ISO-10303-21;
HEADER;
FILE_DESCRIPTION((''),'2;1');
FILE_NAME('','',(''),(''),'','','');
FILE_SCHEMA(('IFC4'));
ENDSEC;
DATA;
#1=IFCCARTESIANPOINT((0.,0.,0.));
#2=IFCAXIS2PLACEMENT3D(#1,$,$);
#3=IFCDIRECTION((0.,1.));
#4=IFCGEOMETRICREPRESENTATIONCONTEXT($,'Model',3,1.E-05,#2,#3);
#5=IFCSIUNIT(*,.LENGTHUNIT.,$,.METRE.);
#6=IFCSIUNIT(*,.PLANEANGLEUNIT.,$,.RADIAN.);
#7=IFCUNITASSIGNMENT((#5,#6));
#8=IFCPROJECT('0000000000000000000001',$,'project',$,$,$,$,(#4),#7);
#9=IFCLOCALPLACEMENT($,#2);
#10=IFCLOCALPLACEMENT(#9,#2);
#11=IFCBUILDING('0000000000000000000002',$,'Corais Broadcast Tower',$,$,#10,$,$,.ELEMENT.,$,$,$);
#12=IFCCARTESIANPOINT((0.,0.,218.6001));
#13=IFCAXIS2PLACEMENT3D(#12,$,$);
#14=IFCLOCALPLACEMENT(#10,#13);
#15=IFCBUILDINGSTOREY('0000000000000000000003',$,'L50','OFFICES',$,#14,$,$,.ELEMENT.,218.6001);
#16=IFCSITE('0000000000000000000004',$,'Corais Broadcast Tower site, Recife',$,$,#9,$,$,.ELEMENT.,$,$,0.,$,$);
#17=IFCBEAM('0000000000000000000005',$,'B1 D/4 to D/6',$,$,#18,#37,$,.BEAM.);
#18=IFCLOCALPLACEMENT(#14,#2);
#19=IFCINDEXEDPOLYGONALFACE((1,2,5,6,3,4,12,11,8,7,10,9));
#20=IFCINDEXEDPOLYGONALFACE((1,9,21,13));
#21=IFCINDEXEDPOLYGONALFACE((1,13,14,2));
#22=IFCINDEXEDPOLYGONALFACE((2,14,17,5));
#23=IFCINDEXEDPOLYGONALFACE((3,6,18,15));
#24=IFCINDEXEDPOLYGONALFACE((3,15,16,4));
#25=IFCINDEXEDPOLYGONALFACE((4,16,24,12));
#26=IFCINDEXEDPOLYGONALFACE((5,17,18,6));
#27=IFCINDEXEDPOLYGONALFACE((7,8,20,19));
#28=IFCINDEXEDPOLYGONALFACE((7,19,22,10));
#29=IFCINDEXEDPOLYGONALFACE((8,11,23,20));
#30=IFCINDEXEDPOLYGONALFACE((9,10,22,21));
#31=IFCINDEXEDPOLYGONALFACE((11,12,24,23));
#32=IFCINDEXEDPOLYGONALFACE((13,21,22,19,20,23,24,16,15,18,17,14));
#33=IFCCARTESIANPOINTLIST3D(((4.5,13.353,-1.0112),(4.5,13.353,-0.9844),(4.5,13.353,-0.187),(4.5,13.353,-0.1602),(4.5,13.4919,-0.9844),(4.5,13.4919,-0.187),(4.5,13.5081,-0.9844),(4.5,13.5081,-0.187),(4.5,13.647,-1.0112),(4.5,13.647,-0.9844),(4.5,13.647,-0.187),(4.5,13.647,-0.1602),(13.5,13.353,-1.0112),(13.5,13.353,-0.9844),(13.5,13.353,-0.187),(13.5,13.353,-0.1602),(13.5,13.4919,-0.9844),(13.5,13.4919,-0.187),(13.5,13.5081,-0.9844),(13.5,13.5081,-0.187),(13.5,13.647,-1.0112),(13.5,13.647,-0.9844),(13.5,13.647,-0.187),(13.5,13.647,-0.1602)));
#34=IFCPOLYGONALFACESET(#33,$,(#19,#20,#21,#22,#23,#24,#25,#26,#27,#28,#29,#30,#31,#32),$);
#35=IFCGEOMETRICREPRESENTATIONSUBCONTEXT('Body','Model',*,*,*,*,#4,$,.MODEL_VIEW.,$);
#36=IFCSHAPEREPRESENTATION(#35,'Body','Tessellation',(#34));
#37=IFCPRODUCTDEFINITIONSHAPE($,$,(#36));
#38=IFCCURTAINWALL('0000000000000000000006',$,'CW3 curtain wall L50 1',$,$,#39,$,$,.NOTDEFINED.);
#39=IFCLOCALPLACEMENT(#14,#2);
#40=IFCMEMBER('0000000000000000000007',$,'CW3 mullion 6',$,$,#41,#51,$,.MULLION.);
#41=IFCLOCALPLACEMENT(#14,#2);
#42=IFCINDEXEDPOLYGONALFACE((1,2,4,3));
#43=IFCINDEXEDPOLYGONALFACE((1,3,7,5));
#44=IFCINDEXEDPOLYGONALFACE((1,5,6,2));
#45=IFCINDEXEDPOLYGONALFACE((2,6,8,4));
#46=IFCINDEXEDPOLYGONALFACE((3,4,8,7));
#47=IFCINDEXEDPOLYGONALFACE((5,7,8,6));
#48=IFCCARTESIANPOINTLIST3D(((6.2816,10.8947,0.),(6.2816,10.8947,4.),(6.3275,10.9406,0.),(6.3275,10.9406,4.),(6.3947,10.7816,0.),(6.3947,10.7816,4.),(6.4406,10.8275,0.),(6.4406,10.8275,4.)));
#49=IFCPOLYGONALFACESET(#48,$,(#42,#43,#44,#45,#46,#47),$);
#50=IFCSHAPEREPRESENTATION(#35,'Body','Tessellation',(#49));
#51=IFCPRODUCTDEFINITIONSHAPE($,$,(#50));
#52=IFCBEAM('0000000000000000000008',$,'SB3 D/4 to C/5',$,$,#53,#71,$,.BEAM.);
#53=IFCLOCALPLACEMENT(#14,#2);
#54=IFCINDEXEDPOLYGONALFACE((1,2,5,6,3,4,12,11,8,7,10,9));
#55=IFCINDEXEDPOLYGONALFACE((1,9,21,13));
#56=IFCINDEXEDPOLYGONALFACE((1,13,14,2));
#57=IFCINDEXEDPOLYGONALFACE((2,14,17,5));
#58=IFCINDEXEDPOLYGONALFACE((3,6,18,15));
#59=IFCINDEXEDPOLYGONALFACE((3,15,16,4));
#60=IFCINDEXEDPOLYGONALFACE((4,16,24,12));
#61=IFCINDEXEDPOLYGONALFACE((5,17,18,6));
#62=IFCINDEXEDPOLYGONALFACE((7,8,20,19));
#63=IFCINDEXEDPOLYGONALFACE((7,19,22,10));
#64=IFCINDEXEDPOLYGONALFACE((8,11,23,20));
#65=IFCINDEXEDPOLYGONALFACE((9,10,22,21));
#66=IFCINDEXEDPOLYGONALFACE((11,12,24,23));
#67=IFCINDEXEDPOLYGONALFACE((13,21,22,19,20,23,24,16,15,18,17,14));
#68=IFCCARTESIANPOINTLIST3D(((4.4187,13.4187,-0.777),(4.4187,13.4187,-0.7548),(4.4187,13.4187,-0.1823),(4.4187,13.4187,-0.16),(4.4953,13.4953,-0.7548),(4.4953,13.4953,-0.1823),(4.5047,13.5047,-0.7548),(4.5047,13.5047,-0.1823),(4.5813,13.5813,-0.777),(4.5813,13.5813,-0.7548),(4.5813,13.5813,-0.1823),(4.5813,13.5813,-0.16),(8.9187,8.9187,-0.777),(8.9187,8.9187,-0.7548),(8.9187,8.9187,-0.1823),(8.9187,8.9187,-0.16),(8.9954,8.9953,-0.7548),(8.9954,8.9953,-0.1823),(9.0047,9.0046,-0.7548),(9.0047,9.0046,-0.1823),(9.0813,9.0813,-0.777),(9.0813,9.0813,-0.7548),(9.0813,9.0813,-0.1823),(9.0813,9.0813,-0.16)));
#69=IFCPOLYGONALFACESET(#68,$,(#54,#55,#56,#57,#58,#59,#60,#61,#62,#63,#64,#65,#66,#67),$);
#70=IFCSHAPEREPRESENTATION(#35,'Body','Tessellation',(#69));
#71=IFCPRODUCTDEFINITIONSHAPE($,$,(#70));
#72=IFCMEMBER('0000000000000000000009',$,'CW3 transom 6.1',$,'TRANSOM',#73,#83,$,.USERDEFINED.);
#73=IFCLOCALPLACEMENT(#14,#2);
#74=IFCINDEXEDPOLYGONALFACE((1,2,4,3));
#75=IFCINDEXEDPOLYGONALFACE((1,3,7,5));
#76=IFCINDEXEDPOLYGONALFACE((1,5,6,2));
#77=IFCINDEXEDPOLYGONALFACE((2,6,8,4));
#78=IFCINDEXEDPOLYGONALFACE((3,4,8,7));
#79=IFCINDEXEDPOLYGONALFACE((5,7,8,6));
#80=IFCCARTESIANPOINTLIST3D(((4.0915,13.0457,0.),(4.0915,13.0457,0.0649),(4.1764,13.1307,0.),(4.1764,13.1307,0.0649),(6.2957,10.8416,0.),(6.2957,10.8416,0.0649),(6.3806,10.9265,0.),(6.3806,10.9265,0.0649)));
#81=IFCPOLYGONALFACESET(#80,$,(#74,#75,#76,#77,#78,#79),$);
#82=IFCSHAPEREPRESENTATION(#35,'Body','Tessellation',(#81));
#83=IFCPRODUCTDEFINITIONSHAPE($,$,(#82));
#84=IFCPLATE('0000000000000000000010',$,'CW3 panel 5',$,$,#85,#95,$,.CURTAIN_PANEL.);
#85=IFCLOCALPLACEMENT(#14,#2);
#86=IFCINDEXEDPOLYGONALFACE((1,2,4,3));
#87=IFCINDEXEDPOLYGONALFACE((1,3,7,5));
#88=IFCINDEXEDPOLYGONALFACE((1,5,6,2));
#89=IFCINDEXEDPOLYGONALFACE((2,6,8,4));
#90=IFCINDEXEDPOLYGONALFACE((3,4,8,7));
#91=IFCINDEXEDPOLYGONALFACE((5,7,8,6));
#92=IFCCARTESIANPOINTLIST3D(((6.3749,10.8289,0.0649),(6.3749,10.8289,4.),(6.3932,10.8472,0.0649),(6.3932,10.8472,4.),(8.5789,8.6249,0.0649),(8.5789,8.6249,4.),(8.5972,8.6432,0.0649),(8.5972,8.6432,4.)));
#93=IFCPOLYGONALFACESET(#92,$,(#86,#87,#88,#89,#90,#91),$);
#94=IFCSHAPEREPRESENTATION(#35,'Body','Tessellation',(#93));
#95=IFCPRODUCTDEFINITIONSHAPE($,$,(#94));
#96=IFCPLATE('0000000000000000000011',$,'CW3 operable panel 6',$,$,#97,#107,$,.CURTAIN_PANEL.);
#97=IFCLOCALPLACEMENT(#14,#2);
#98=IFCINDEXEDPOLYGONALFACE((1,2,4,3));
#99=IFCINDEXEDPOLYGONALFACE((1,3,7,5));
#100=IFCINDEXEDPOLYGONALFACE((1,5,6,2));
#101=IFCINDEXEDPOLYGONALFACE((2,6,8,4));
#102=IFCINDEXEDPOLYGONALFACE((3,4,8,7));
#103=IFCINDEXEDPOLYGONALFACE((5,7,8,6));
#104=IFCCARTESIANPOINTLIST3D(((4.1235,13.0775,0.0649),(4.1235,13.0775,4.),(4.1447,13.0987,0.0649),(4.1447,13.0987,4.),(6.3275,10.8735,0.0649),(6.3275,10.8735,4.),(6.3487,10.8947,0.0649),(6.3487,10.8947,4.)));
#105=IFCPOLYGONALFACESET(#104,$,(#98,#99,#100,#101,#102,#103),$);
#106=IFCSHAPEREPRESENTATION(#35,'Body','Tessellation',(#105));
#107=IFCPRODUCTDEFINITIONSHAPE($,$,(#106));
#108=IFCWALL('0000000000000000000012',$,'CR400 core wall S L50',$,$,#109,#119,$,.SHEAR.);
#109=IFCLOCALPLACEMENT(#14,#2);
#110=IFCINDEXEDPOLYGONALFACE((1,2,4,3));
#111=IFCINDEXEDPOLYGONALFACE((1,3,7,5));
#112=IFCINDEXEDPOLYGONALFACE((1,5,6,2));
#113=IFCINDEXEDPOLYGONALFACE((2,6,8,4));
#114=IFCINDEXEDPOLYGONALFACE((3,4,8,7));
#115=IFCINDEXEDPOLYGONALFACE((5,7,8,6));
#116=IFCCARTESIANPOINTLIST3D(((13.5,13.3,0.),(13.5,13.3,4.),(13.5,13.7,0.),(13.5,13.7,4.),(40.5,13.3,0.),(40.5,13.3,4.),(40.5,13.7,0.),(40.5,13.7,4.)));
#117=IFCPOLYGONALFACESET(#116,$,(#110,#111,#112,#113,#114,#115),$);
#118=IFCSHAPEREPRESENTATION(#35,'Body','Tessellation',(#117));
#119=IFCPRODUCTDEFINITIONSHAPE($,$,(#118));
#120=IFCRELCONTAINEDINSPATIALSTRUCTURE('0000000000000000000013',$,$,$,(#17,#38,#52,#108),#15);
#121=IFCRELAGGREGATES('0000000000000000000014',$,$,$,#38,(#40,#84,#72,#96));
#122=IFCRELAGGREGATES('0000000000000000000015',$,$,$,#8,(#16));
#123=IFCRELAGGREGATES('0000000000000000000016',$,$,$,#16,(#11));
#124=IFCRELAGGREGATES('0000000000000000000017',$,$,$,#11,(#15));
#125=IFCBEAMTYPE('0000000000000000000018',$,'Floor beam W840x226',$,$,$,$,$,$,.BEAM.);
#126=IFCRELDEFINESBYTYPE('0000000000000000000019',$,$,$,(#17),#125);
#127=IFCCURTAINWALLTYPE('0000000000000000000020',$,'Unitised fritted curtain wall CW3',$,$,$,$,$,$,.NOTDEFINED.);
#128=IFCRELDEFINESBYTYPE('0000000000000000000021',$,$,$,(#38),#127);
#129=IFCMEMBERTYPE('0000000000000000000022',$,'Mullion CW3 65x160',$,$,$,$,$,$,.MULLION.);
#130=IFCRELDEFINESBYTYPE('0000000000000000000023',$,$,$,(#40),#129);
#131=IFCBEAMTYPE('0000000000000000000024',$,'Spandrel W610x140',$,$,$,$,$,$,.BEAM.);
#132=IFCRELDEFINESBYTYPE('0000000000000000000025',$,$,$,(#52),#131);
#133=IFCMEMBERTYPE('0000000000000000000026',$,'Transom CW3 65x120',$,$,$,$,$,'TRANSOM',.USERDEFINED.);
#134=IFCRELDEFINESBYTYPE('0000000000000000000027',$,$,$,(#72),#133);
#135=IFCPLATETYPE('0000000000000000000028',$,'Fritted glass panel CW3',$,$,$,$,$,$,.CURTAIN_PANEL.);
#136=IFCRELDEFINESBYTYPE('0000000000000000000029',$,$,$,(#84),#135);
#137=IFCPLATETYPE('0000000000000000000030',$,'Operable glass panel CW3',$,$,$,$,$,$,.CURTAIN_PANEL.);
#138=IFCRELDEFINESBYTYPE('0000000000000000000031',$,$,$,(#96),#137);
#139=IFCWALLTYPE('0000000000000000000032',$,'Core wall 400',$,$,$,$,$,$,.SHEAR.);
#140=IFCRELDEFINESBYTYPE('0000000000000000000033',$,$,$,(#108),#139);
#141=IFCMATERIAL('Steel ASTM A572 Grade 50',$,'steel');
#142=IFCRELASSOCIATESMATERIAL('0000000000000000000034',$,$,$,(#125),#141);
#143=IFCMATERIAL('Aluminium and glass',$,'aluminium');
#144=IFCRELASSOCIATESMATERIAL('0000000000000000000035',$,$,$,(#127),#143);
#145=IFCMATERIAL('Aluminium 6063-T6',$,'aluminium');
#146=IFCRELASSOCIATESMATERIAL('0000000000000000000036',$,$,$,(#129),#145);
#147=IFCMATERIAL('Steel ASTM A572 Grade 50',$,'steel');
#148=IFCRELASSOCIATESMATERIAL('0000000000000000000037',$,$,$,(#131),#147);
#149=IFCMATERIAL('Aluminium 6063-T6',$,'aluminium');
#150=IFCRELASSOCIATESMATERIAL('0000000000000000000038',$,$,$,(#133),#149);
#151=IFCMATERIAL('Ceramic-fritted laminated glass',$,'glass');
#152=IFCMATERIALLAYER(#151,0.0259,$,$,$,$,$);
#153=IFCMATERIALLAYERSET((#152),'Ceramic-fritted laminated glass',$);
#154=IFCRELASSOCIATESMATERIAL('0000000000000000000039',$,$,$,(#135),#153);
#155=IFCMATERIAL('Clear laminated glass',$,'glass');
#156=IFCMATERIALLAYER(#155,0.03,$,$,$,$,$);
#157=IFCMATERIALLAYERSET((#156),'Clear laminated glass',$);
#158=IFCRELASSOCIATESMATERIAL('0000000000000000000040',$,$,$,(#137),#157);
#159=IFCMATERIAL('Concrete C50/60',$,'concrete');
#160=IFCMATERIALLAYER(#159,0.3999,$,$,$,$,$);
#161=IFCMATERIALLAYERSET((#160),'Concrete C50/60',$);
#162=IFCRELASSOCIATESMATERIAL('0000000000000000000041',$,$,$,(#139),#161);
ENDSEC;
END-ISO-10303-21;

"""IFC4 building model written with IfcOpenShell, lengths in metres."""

from ifc_helpers import new_model, si_unit, direction, frame, frame_2d, origin, origin_2d, place, context, subcontext, project, spatial, rectangle, i_section, extrude, material, layer, layer_set, material_profile, profile_set, type_object, element, aggregate, save


model = new_model("IFC4")

# Units and contexts
model_context = context("Model", 3, precision=1e-05, world=origin(), true_north=direction((0.0, 1.0)))
body_context = subcontext(model_context, "Body", "Model", "MODEL_VIEW")
ifc_project = project(units=[si_unit("LENGTHUNIT", "METRE"), si_unit("PLANEANGLEUNIT", "RADIAN")], contexts=[model_context])

# Site, building, storey
site_placement = place(None, origin())
site = spatial("IfcSite", under=ifc_project, at=site_placement, Name="Corais Broadcast Tower site, Recife", CompositionType="ELEMENT", RefElevation=0.0)
building_placement = place(site_placement, origin())
building = spatial("IfcBuilding", under=site, at=building_placement, Name="Corais Broadcast Tower", CompositionType="ELEMENT")
storey_placement = place(building_placement, frame((0.0, 0.0, 218.6001)))
storey = spatial("IfcBuildingStorey", under=building, at=storey_placement, Name="L50", Description="OFFICES", CompositionType="ELEMENT", Elevation=218.6001)

# Beam
ifc_material_1 = material(Name="Steel ASTM A572 Grade 50", Category="steel")
ifc_material_profile_1 = material_profile(ifc_material_1, i_section(OverallWidth=0.2939, OverallDepth=0.8511, WebThickness=0.0161, FlangeThickness=0.0269, at=origin_2d()), Name="W840x226")
ifc_profile_set_1 = profile_set([ifc_material_profile_1], Name="Steel ASTM A572 Grade 50")
beam_type_1 = type_object("IfcBeamType", Name="Floor beam W840x226", PredefinedType="BEAM", material=ifc_profile_set_1)
beam_1_placement = place(storey_placement, frame((4.5, 13.5, -0.5857), z_axis=(1.0, 0.0, 0.0), x_axis=(0.0, 1.0, 0.0)))
element("IfcBeam", 1, at=beam_1_placement, inside=storey, type_object=beam_type_1, Name="B1 D/4 to D/6", PredefinedType="BEAM", context=body_context, shape_type="SweptSolid", body=[
    extrude(i_section(OverallWidth=0.2939, OverallDepth=0.8511, WebThickness=0.0161, FlangeThickness=0.0269, at=origin_2d()), origin(), (0.0, 0.0, 1.0), 9.0),
])

# Curtain wall, member
ifc_material_2 = material(Name="Aluminium and glass", Category="aluminium")
curtain_wall_type = type_object("IfcCurtainWallType", Name="Unitised fritted curtain wall CW3", PredefinedType="NOTDEFINED", material=ifc_material_2)
curtain_wall_placement = place(storey_placement, origin())
curtain_wall = element("IfcCurtainWall", 2, at=curtain_wall_placement, inside=storey, type_object=curtain_wall_type, Name="CW3 curtain wall L50 1", PredefinedType="NOTDEFINED")
ifc_material_3 = material(Name="Aluminium 6063-T6", Category="aluminium")
ifc_material_profile_2 = material_profile(ifc_material_3, rectangle(XDim=0.0649, YDim=0.1599, at=origin_2d()), Name="Mullion CW3 65x160")
ifc_profile_set_2 = profile_set([ifc_material_profile_2], Name="Aluminium 6063-T6")
member_type_1 = type_object("IfcMemberType", Name="Mullion CW3 65x160", PredefinedType="MULLION", material=ifc_profile_set_2)
member_1_placement = place(storey_placement, frame((6.3611, 10.8611, 0.0), z_axis=(0.0, 0.0, 1.0), x_axis=(-0.707107, -0.707107, 0.0)))
member_1 = element("IfcMember", 3, at=member_1_placement, type_object=member_type_1, Name="CW3 mullion 6", PredefinedType="MULLION", context=body_context, shape_type="SweptSolid", body=[
    extrude(rectangle(XDim=0.0649, YDim=0.1599, at=origin_2d()), origin(), (0.0, 0.0, 1.0), 4.0),
])

# Beam
ifc_material_4 = material(Name="Steel ASTM A572 Grade 50", Category="steel")
ifc_material_profile_3 = material_profile(ifc_material_4, i_section(OverallWidth=0.23, OverallDepth=0.6169, WebThickness=0.0132, FlangeThickness=0.0222, at=origin_2d()), Name="W610x140")
ifc_profile_set_3 = profile_set([ifc_material_profile_3], Name="Steel ASTM A572 Grade 50")
beam_type_2 = type_object("IfcBeamType", Name="Spandrel W610x140", PredefinedType="BEAM", material=ifc_profile_set_3)
beam_2_placement = place(storey_placement, frame((4.5, 13.5, -0.4685), z_axis=(0.707107, -0.707107, 0.0), x_axis=(0.707107, 0.707107, 0.0)))
element("IfcBeam", 4, at=beam_2_placement, inside=storey, type_object=beam_type_2, Name="SB3 D/4 to C/5", PredefinedType="BEAM", context=body_context, shape_type="SweptSolid", body=[
    extrude(i_section(OverallWidth=0.23, OverallDepth=0.6169, WebThickness=0.0132, FlangeThickness=0.0222, at=origin_2d()), origin(), (0.0, 0.0, 1.0), 6.364),
])

# Member
ifc_material_5 = material(Name="Aluminium 6063-T6", Category="aluminium")
ifc_material_profile_4 = material_profile(ifc_material_5, rectangle(XDim=0.1201, YDim=0.0649, at=origin_2d()), Name="Transom CW3 65x120")
ifc_profile_set_4 = profile_set([ifc_material_profile_4], Name="Aluminium 6063-T6")
member_type_2 = type_object("IfcMemberType", Name="Transom CW3 65x120", ElementType="TRANSOM", PredefinedType="USERDEFINED", material=ifc_profile_set_4)
member_2_placement = place(storey_placement, frame((6.3381, 10.884, 0.0325), z_axis=(-0.707107, 0.707107, 0.0), x_axis=(-0.707107, -0.707107, 0.0)))
member_2 = element("IfcMember", 5, at=member_2_placement, type_object=member_type_2, Name="CW3 transom 6.1", ObjectType="TRANSOM", PredefinedType="USERDEFINED", context=body_context, shape_type="SweptSolid", body=[
    extrude(rectangle(XDim=0.1201, YDim=0.0649, at=origin_2d()), origin(), (0.0, 0.0, 1.0), 3.1172),
])

# Plates
ifc_material_6 = material(Name="Ceramic-fritted laminated glass", Category="glass")
ifc_layer_1 = layer(ifc_material_6, 0.0259)
ifc_layer_set_1 = layer_set([ifc_layer_1], Name="Ceramic-fritted laminated glass")
plate_type_1 = type_object("IfcPlateType", Name="Fritted glass panel CW3", PredefinedType="CURTAIN_PANEL", material=ifc_layer_set_1)
plate_1_placement = place(storey_placement, frame((7.4861, 9.7361, 0.0649), z_axis=(0.0, 0.0, 1.0), x_axis=(-0.707107, 0.707107, 0.0)))
plate_1 = element("IfcPlate", 6, at=plate_1_placement, type_object=plate_type_1, Name="CW3 panel 5", PredefinedType="CURTAIN_PANEL", context=body_context, shape_type="SweptSolid", body=[
    extrude(rectangle(XDim=3.1169, YDim=0.0259, at=origin_2d()), origin(), (0.0, 0.0, 1.0), 3.9351),
])
ifc_material_7 = material(Name="Clear laminated glass", Category="glass")
ifc_layer_2 = layer(ifc_material_7, 0.03)
ifc_layer_set_2 = layer_set([ifc_layer_2], Name="Clear laminated glass")
plate_type_2 = type_object("IfcPlateType", Name="Operable glass panel CW3", PredefinedType="CURTAIN_PANEL", material=ifc_layer_set_2)
plate_2_placement = place(storey_placement, frame((5.2361, 11.9861, 0.0649), z_axis=(0.0, 0.0, 1.0), x_axis=(-0.707107, 0.707107, 0.0)))
plate_2 = element("IfcPlate", 7, at=plate_2_placement, type_object=plate_type_2, Name="CW3 operable panel 6", PredefinedType="CURTAIN_PANEL", context=body_context, shape_type="SweptSolid", body=[
    extrude(rectangle(XDim=3.1169, YDim=0.03, at=origin_2d()), origin(), (0.0, 0.0, 1.0), 3.9351),
])
aggregate(curtain_wall, [member_1, plate_1, member_2, plate_2])

# Wall
ifc_material_8 = material(Name="Concrete C50/60", Category="concrete")
ifc_layer_3 = layer(ifc_material_8, 0.3999)
ifc_layer_set_3 = layer_set([ifc_layer_3], Name="Concrete C50/60")
wall_type_1 = type_object("IfcWallType", Name="Core wall 400", PredefinedType="SHEAR", material=ifc_layer_set_3)
wall_1_placement = place(storey_placement, frame((13.5, 13.5, 0.0), z_axis=(0.0, 0.0, 1.0), x_axis=(1.0, 0.0, 0.0)))
element("IfcWall", 8, at=wall_1_placement, inside=storey, type_object=wall_type_1, Name="CR400 core wall S L50", PredefinedType="SHEAR", context=body_context, shape_type="SweptSolid", body=[
    extrude(rectangle(XDim=27.0, YDim=0.3999, at=frame_2d((13.5, 0.0))), origin(), (0.0, 0.0, 1.0), 4.0),
])

save(model, "model.ifc")
